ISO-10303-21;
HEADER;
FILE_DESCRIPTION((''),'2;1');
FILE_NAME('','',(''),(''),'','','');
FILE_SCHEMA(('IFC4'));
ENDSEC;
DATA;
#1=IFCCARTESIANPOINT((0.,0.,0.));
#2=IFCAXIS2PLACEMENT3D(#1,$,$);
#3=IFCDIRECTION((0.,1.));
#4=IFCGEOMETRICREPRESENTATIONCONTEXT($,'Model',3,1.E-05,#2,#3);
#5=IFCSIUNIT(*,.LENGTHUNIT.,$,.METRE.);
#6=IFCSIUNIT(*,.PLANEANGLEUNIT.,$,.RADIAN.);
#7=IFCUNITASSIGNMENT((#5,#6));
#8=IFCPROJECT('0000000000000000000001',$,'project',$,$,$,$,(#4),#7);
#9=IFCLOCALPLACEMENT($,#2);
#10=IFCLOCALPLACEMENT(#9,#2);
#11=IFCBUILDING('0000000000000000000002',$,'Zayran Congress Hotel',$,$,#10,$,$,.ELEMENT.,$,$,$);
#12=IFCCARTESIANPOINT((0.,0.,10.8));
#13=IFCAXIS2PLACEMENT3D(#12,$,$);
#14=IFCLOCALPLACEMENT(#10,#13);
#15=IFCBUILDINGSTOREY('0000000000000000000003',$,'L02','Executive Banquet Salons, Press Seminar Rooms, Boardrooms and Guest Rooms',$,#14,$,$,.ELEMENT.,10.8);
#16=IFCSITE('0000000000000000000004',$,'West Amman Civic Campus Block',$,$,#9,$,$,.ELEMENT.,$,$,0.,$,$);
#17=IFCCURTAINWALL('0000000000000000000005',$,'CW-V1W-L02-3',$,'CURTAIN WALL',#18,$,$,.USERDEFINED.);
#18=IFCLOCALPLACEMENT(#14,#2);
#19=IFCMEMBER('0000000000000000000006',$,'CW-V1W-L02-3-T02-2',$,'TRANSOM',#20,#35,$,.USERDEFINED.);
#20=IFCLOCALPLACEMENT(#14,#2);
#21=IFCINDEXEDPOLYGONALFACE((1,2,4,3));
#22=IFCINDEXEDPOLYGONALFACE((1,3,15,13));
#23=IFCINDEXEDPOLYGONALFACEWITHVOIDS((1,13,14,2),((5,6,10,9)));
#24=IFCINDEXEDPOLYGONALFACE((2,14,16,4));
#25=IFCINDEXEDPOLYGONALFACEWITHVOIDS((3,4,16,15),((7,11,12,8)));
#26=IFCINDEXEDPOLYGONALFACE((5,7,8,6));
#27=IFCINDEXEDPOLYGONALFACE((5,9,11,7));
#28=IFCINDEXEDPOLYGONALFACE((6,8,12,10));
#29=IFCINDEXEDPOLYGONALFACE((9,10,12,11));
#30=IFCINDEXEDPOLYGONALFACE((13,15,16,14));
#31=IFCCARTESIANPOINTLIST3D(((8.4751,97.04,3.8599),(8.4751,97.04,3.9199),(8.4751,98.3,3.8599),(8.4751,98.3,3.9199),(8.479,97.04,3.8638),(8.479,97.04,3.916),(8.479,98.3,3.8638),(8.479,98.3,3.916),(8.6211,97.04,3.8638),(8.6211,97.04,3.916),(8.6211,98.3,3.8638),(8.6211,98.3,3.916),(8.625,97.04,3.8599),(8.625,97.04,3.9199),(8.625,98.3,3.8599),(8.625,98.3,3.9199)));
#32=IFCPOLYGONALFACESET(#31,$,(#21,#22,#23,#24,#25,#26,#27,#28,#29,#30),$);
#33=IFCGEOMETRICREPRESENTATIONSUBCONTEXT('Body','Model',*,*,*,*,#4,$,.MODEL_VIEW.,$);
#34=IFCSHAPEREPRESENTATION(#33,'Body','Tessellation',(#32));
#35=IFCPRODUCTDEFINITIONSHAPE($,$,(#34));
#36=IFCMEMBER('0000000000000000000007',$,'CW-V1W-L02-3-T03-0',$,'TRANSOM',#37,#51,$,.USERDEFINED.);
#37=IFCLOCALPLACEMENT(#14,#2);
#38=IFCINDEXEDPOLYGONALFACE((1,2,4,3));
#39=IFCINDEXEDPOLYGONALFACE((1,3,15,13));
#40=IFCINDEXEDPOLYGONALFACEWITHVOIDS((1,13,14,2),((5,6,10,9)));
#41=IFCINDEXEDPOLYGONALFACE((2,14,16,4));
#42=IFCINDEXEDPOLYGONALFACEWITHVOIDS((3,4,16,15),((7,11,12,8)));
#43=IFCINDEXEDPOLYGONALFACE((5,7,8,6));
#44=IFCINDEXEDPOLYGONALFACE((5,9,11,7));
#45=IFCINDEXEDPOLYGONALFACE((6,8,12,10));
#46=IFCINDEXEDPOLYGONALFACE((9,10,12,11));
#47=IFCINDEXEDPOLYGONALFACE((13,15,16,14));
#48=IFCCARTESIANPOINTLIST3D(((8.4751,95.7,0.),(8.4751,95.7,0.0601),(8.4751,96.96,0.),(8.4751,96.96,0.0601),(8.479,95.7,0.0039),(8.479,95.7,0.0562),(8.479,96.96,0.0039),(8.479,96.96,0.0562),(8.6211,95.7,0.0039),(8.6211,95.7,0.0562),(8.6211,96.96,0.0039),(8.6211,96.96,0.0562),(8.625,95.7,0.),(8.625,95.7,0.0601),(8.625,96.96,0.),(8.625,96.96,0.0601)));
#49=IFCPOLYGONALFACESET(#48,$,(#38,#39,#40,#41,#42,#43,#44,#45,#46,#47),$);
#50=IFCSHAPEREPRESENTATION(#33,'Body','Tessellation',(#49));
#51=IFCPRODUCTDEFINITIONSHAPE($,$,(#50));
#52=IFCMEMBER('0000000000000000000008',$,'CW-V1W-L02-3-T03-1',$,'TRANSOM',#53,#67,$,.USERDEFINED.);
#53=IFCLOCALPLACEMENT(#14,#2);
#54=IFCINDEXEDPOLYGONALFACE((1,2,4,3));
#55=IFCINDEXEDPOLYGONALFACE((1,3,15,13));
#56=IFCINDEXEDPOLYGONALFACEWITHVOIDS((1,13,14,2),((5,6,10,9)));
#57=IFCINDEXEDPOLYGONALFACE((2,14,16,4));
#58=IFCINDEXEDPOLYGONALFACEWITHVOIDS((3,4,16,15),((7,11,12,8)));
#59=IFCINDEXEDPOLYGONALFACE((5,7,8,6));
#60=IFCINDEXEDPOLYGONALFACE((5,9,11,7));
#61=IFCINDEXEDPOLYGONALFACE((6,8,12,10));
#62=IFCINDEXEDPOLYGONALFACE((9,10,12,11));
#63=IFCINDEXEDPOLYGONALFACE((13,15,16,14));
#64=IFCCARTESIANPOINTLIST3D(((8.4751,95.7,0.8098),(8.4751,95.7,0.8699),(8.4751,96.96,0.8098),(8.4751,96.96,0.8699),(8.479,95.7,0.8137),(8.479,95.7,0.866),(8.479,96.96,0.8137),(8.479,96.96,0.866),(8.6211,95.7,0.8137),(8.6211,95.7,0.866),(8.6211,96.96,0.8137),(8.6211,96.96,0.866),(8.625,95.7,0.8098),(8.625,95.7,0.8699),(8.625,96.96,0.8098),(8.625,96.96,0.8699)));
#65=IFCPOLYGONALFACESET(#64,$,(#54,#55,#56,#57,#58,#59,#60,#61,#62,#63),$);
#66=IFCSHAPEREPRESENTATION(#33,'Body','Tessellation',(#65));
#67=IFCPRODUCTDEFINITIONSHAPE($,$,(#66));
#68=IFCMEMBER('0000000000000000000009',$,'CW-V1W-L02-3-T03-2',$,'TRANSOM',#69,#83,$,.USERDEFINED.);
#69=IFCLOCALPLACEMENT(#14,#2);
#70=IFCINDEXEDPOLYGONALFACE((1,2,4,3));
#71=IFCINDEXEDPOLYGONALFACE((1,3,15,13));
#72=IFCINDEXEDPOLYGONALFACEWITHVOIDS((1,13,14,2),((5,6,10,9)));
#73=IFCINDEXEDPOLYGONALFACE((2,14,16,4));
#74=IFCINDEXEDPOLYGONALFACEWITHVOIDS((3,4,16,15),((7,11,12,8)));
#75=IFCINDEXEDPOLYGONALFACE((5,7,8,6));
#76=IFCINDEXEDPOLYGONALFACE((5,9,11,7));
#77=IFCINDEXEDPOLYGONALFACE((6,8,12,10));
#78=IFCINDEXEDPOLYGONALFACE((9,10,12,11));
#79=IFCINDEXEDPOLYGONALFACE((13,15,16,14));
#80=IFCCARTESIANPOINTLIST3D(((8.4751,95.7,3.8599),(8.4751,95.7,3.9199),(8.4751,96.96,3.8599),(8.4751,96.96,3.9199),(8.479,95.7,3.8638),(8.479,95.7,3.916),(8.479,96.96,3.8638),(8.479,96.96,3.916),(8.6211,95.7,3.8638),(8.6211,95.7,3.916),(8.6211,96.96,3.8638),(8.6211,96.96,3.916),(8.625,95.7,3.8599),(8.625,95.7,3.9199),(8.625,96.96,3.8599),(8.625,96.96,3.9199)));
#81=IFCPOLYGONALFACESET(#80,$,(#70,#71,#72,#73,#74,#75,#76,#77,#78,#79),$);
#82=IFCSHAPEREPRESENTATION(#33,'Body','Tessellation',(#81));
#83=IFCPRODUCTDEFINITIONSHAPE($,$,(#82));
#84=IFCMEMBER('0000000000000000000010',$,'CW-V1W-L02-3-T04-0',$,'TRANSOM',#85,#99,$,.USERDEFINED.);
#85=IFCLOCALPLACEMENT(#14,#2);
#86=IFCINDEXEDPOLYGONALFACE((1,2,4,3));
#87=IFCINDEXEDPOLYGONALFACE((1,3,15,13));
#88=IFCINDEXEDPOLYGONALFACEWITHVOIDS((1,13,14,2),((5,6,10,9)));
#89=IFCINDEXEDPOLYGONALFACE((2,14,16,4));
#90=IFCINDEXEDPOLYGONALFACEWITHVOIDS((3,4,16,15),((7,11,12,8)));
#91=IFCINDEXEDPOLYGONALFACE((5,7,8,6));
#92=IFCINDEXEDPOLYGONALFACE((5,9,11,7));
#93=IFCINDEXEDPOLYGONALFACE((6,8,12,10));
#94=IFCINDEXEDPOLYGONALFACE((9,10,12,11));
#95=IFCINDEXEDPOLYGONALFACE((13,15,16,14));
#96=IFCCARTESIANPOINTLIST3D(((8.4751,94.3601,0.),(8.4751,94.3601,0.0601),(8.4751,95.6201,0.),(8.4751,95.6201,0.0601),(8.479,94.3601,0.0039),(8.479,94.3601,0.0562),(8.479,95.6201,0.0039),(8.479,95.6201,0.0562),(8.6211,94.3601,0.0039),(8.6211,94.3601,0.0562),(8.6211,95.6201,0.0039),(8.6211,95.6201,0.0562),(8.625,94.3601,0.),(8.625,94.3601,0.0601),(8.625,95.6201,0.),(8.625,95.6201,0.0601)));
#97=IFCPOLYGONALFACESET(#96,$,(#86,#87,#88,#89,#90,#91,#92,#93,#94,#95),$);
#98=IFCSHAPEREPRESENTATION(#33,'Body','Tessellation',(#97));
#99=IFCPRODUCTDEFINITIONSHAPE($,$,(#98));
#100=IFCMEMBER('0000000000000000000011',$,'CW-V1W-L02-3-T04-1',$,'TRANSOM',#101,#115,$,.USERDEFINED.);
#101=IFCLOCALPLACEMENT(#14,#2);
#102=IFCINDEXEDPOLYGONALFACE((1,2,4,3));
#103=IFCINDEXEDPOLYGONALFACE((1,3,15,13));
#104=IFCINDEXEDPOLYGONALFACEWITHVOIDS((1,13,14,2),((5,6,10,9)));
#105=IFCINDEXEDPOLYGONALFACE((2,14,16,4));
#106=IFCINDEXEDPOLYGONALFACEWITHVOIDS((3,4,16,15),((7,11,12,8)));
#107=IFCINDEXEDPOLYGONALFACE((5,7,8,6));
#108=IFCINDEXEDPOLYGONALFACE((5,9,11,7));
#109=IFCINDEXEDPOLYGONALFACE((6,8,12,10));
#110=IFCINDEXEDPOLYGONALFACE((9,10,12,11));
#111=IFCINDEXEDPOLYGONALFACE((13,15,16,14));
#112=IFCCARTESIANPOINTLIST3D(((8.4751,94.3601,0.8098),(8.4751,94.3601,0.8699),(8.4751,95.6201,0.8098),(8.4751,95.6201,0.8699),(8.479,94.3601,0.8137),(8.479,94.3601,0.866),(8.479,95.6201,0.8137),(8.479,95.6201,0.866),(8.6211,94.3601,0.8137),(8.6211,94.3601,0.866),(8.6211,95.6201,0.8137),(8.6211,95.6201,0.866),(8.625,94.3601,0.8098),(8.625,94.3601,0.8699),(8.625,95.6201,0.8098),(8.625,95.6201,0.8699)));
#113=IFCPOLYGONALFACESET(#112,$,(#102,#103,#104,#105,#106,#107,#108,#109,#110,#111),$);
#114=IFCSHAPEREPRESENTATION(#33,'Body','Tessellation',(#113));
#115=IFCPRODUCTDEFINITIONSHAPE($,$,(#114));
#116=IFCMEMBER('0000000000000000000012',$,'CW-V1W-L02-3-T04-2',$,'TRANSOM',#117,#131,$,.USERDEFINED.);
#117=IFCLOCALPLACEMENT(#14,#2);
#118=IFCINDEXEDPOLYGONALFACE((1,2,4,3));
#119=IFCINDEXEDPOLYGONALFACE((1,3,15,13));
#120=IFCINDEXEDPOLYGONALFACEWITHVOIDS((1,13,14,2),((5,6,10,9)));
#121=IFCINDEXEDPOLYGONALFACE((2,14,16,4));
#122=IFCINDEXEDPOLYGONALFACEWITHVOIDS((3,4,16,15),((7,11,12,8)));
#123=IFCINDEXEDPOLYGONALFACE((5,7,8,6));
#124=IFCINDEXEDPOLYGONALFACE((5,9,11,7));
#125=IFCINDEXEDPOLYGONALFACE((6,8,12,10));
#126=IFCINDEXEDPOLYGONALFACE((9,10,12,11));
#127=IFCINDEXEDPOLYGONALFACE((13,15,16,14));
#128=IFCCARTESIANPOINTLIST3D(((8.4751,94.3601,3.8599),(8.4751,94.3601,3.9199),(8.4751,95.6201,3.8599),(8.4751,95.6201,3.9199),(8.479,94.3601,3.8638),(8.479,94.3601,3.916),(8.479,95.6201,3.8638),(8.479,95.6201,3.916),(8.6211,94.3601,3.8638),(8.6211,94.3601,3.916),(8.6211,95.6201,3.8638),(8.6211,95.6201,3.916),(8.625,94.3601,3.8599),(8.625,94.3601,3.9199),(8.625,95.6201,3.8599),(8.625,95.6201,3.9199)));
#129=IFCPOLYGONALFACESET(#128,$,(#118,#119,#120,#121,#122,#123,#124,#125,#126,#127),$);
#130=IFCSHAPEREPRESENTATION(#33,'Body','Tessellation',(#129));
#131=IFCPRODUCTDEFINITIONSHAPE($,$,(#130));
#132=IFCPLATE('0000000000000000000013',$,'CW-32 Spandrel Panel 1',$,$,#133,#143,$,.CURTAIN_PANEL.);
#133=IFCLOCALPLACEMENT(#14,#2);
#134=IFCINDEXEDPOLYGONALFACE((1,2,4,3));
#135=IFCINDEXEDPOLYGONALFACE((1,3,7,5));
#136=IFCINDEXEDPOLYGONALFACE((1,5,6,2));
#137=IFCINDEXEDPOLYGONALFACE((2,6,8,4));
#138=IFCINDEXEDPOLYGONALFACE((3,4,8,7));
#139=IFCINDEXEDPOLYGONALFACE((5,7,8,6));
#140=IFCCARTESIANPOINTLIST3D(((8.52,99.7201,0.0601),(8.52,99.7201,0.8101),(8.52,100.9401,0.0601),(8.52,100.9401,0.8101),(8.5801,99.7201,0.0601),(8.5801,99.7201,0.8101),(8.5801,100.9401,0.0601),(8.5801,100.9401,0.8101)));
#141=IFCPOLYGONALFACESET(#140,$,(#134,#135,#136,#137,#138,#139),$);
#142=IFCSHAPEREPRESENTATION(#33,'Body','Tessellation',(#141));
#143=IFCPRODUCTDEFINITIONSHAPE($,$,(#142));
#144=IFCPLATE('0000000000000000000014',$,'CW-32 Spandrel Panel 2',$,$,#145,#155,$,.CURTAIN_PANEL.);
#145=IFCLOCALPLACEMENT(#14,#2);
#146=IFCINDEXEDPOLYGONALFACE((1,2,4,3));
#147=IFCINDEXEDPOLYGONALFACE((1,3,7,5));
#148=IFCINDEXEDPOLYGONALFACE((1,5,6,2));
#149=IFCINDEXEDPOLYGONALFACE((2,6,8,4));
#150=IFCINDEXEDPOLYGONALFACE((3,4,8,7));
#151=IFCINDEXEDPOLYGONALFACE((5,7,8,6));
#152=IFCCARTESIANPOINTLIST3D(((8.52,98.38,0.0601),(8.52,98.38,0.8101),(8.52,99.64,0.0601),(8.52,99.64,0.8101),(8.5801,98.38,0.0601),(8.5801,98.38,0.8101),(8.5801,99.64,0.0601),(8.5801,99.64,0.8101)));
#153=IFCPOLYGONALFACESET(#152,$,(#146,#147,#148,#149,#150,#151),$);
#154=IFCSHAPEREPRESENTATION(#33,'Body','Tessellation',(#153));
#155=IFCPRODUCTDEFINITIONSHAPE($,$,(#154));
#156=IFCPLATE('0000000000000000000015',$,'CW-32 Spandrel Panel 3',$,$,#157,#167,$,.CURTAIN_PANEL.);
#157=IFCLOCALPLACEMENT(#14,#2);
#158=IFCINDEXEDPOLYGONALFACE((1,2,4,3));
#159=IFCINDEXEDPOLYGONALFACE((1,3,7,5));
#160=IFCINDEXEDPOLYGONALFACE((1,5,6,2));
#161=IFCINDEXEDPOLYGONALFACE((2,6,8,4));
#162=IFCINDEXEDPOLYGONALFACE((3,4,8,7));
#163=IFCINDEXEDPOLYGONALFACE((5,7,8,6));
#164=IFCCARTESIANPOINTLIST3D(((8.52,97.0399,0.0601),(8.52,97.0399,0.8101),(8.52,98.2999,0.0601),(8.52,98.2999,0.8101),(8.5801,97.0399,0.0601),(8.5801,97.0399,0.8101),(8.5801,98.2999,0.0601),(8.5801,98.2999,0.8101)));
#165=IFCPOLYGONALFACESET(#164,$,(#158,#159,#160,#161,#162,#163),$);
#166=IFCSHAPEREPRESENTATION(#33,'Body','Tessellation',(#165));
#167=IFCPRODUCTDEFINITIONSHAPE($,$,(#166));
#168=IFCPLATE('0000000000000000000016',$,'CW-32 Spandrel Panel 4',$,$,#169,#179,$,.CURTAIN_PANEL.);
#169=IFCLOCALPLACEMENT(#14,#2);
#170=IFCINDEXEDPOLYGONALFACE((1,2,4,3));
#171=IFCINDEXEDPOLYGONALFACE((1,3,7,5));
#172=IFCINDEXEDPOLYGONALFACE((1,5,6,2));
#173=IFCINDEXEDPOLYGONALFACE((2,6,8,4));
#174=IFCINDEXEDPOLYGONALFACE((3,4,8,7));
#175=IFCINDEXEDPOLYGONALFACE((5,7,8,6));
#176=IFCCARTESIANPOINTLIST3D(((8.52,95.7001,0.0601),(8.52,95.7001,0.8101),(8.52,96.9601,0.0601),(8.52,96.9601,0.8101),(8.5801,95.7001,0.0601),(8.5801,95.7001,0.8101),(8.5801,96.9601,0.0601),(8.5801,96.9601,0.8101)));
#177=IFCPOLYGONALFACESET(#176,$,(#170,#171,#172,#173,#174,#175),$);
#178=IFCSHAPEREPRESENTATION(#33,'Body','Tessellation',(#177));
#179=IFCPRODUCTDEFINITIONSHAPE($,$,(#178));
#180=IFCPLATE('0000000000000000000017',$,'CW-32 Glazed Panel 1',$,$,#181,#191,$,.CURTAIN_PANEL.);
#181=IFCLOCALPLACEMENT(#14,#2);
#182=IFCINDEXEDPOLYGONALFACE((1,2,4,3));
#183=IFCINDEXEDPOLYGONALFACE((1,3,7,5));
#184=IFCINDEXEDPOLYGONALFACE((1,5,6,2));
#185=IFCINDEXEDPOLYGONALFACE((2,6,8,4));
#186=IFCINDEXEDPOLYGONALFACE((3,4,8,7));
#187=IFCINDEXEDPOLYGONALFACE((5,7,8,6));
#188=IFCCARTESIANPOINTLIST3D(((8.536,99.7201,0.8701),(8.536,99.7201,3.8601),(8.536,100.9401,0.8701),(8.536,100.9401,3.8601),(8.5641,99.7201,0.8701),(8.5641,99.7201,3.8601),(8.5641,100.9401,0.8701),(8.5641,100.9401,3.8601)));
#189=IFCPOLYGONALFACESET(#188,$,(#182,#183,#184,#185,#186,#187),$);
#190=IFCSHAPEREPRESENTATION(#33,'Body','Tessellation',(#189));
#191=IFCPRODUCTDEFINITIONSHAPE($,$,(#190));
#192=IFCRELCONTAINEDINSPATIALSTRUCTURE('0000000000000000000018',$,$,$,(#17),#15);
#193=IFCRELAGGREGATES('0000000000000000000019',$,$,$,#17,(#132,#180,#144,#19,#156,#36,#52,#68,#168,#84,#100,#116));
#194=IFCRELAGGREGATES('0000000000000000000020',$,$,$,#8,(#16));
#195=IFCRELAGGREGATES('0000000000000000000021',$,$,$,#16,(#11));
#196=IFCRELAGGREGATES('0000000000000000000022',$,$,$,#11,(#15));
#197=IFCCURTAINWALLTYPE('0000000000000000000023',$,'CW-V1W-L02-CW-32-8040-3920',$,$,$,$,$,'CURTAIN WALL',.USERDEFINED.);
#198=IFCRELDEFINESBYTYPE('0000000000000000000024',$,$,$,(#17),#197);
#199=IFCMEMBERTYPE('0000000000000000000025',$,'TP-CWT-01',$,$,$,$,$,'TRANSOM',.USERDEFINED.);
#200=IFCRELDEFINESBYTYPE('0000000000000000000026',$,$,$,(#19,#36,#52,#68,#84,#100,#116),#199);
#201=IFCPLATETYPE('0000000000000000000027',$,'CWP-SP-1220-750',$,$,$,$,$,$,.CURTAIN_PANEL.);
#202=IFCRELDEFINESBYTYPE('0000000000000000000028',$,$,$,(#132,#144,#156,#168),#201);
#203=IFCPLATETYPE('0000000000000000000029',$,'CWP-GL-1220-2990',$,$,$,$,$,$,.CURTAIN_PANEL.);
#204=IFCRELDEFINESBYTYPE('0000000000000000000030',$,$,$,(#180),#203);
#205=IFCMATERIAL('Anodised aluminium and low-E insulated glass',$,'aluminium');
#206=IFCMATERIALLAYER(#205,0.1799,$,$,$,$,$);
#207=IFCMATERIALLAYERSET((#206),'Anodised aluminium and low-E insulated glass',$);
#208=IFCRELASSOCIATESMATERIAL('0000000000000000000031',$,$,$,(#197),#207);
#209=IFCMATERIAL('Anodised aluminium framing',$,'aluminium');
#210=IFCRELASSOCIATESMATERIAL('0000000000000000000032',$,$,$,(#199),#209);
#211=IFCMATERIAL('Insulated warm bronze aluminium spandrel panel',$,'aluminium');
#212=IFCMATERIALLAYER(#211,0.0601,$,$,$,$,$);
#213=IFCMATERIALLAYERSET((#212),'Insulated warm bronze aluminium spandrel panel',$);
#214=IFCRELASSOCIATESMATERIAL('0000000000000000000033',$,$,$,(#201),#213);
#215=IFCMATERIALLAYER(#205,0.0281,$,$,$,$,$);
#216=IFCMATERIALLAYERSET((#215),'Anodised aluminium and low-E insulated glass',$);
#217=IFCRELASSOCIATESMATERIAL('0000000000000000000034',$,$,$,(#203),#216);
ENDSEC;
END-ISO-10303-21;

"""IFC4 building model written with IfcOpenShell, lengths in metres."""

from ifc_helpers import new_model, si_unit, direction, frame, origin, origin_2d, place, context, subcontext, project, spatial, rectangle, hollow_rectangle, extrude, material, layer, layer_set, material_profile, profile_set, type_object, element, aggregate, save


model = new_model("IFC4")

# Units and contexts
model_context = context("Model", 3, precision=1e-05, world=origin(), true_north=direction((0.0, 1.0)))
body_context = subcontext(model_context, "Body", "Model", "MODEL_VIEW")
ifc_project = project(units=[si_unit("LENGTHUNIT", "METRE"), si_unit("PLANEANGLEUNIT", "RADIAN")], contexts=[model_context])

# Site, building, storey
site_placement = place(None, origin())
site = spatial("IfcSite", under=ifc_project, at=site_placement, Name="West Amman Civic Campus Block", CompositionType="ELEMENT", RefElevation=0.0)
building_placement = place(site_placement, origin())
building = spatial("IfcBuilding", under=site, at=building_placement, Name="Zayran Congress Hotel", CompositionType="ELEMENT")
storey_placement = place(building_placement, frame((0.0, 0.0, 10.8)))
storey = spatial("IfcBuildingStorey", under=building, at=storey_placement, Name="L02", Description="Executive Banquet Salons, Press Seminar Rooms, Boardrooms and Guest Rooms", CompositionType="ELEMENT", Elevation=10.8)

# Curtain wall, members, plates
ifc_material_1 = material(Name="Anodised aluminium and low-E insulated glass", Category="aluminium")
ifc_layer_1 = layer(ifc_material_1, 0.1799)
ifc_layer_set_1 = layer_set([ifc_layer_1], Name="Anodised aluminium and low-E insulated glass")
curtain_wall_type = type_object("IfcCurtainWallType", Name="CW-V1W-L02-CW-32-8040-3920", ElementType="CURTAIN WALL", PredefinedType="USERDEFINED", material=ifc_layer_set_1)
curtain_wall_placement = place(storey_placement, origin())
curtain_wall = element("IfcCurtainWall", 1, at=curtain_wall_placement, inside=storey, type_object=curtain_wall_type, Name="CW-V1W-L02-3", ObjectType="CURTAIN WALL", PredefinedType="USERDEFINED")
ifc_material_2 = material(Name="Anodised aluminium framing", Category="aluminium")
ifc_material_profile_1 = material_profile(ifc_material_2, hollow_rectangle(XDim=0.0601, YDim=0.1499, WallThickness=0.0039, at=origin_2d()), Name="RHS 150x60x4")
ifc_profile_set_1 = profile_set([ifc_material_profile_1], Name="Anodised aluminium framing")
member_type_1 = type_object("IfcMemberType", Name="TP-CWT-01", ElementType="TRANSOM", PredefinedType="USERDEFINED", material=ifc_profile_set_1)
member_1_placement = place(storey_placement, frame((8.55, 98.3, 3.8899), z_axis=(0.0, -1.0, 0.0), x_axis=(0.0, 0.0, 1.0)))
member_1 = element("IfcMember", 2, at=member_1_placement, type_object=member_type_1, Name="CW-V1W-L02-3-T02-2", ObjectType="TRANSOM", PredefinedType="USERDEFINED", context=body_context, shape_type="SweptSolid", body=[
    extrude(hollow_rectangle(XDim=0.0601, YDim=0.1499, WallThickness=0.0039, at=origin_2d()), origin(), (0.0, 0.0, 1.0), 1.26),
])
member_2_placement = place(storey_placement, frame((8.55, 96.96, 0.03), z_axis=(0.0, -1.0, 0.0), x_axis=(0.0, 0.0, 1.0)))
member_2 = element("IfcMember", 3, at=member_2_placement, type_object=member_type_1, Name="CW-V1W-L02-3-T03-0", ObjectType="TRANSOM", PredefinedType="USERDEFINED", context=body_context, shape_type="SweptSolid", body=[
    extrude(hollow_rectangle(XDim=0.0601, YDim=0.1499, WallThickness=0.0039, at=origin_2d()), origin(), (0.0, 0.0, 1.0), 1.26),
])
member_3_placement = place(storey_placement, frame((8.55, 96.96, 0.8398), z_axis=(0.0, -1.0, 0.0), x_axis=(0.0, 0.0, 1.0)))
member_3 = element("IfcMember", 4, at=member_3_placement, type_object=member_type_1, Name="CW-V1W-L02-3-T03-1", ObjectType="TRANSOM", PredefinedType="USERDEFINED", context=body_context, shape_type="SweptSolid", body=[
    extrude(hollow_rectangle(XDim=0.0601, YDim=0.1499, WallThickness=0.0039, at=origin_2d()), origin(), (0.0, 0.0, 1.0), 1.26),
])
member_4_placement = place(storey_placement, frame((8.55, 96.96, 3.8899), z_axis=(0.0, -1.0, 0.0), x_axis=(0.0, 0.0, 1.0)))
member_4 = element("IfcMember", 5, at=member_4_placement, type_object=member_type_1, Name="CW-V1W-L02-3-T03-2", ObjectType="TRANSOM", PredefinedType="USERDEFINED", context=body_context, shape_type="SweptSolid", body=[
    extrude(hollow_rectangle(XDim=0.0601, YDim=0.1499, WallThickness=0.0039, at=origin_2d()), origin(), (0.0, 0.0, 1.0), 1.26),
])
member_5_placement = place(storey_placement, frame((8.55, 95.6201, 0.03), z_axis=(0.0, -1.0, 0.0), x_axis=(0.0, 0.0, 1.0)))
member_5 = element("IfcMember", 6, at=member_5_placement, type_object=member_type_1, Name="CW-V1W-L02-3-T04-0", ObjectType="TRANSOM", PredefinedType="USERDEFINED", context=body_context, shape_type="SweptSolid", body=[
    extrude(hollow_rectangle(XDim=0.0601, YDim=0.1499, WallThickness=0.0039, at=origin_2d()), origin(), (0.0, 0.0, 1.0), 1.26),
])
member_6_placement = place(storey_placement, frame((8.55, 95.6201, 0.8398), z_axis=(0.0, -1.0, 0.0), x_axis=(0.0, 0.0, 1.0)))
member_6 = element("IfcMember", 7, at=member_6_placement, type_object=member_type_1, Name="CW-V1W-L02-3-T04-1", ObjectType="TRANSOM", PredefinedType="USERDEFINED", context=body_context, shape_type="SweptSolid", body=[
    extrude(hollow_rectangle(XDim=0.0601, YDim=0.1499, WallThickness=0.0039, at=origin_2d()), origin(), (0.0, 0.0, 1.0), 1.26),
])
member_7_placement = place(storey_placement, frame((8.55, 95.6201, 3.8899), z_axis=(0.0, -1.0, 0.0), x_axis=(0.0, 0.0, 1.0)))
member_7 = element("IfcMember", 8, at=member_7_placement, type_object=member_type_1, Name="CW-V1W-L02-3-T04-2", ObjectType="TRANSOM", PredefinedType="USERDEFINED", context=body_context, shape_type="SweptSolid", body=[
    extrude(hollow_rectangle(XDim=0.0601, YDim=0.1499, WallThickness=0.0039, at=origin_2d()), origin(), (0.0, 0.0, 1.0), 1.26),
])
ifc_material_3 = material(Name="Insulated warm bronze aluminium spandrel panel", Category="aluminium")
ifc_layer_2 = layer(ifc_material_3, 0.0601)
ifc_layer_set_2 = layer_set([ifc_layer_2], Name="Insulated warm bronze aluminium spandrel panel")
plate_type_1 = type_object("IfcPlateType", Name="CWP-SP-1220-750", PredefinedType="CURTAIN_PANEL", material=ifc_layer_set_2)
plate_1_placement = place(storey_placement, frame((8.55, 100.3301, 0.0601), z_axis=(0.0, 0.0, 1.0), x_axis=(0.0, 1.0, 0.0)))
plate_1 = element("IfcPlate", 9, at=plate_1_placement, type_object=plate_type_1, Name="CW-32 Spandrel Panel 1", PredefinedType="CURTAIN_PANEL", context=body_context, shape_type="SweptSolid", body=[
    extrude(rectangle(XDim=1.22, YDim=0.0601, at=origin_2d()), origin(), (0.0, 0.0, 1.0), 0.75),
])
plate_2_placement = place(storey_placement, frame((8.55, 99.01, 0.0601), z_axis=(0.0, 0.0, 1.0), x_axis=(0.0, 1.0, 0.0)))
plate_2 = element("IfcPlate", 10, at=plate_2_placement, type_object=plate_type_1, Name="CW-32 Spandrel Panel 2", PredefinedType="CURTAIN_PANEL", context=body_context, shape_type="SweptSolid", body=[
    extrude(rectangle(XDim=1.26, YDim=0.0601, at=origin_2d()), origin(), (0.0, 0.0, 1.0), 0.75),
])
plate_3_placement = place(storey_placement, frame((8.55, 97.6699, 0.0601), z_axis=(0.0, 0.0, 1.0), x_axis=(0.0, 1.0, 0.0)))
plate_3 = element("IfcPlate", 11, at=plate_3_placement, type_object=plate_type_1, Name="CW-32 Spandrel Panel 3", PredefinedType="CURTAIN_PANEL", context=body_context, shape_type="SweptSolid", body=[
    extrude(rectangle(XDim=1.26, YDim=0.0601, at=origin_2d()), origin(), (0.0, 0.0, 1.0), 0.75),
])
plate_4_placement = place(storey_placement, frame((8.55, 96.3301, 0.0601), z_axis=(0.0, 0.0, 1.0), x_axis=(0.0, 1.0, 0.0)))
plate_4 = element("IfcPlate", 12, at=plate_4_placement, type_object=plate_type_1, Name="CW-32 Spandrel Panel 4", PredefinedType="CURTAIN_PANEL", context=body_context, shape_type="SweptSolid", body=[
    extrude(rectangle(XDim=1.26, YDim=0.0601, at=origin_2d()), origin(), (0.0, 0.0, 1.0), 0.75),
])
ifc_layer_3 = layer(ifc_material_1, 0.0281)
ifc_layer_set_3 = layer_set([ifc_layer_3], Name="Anodised aluminium and low-E insulated glass")
plate_type_2 = type_object("IfcPlateType", Name="CWP-GL-1220-2990", PredefinedType="CURTAIN_PANEL", material=ifc_layer_set_3)
plate_5_placement = place(storey_placement, frame((8.55, 100.3301, 0.8701), z_axis=(0.0, 0.0, 1.0), x_axis=(0.0, 1.0, 0.0)))
plate_5 = element("IfcPlate", 13, at=plate_5_placement, type_object=plate_type_2, Name="CW-32 Glazed Panel 1", PredefinedType="CURTAIN_PANEL", context=body_context, shape_type="SweptSolid", body=[
    extrude(rectangle(XDim=1.22, YDim=0.0281, at=origin_2d()), origin(), (0.0, 0.0, 1.0), 2.99),
])
aggregate(curtain_wall, [plate_1, plate_5, plate_2, member_1, plate_3, member_2, member_3, member_4, plate_4, member_5, member_6, member_7])

save(model, "model.ifc")
